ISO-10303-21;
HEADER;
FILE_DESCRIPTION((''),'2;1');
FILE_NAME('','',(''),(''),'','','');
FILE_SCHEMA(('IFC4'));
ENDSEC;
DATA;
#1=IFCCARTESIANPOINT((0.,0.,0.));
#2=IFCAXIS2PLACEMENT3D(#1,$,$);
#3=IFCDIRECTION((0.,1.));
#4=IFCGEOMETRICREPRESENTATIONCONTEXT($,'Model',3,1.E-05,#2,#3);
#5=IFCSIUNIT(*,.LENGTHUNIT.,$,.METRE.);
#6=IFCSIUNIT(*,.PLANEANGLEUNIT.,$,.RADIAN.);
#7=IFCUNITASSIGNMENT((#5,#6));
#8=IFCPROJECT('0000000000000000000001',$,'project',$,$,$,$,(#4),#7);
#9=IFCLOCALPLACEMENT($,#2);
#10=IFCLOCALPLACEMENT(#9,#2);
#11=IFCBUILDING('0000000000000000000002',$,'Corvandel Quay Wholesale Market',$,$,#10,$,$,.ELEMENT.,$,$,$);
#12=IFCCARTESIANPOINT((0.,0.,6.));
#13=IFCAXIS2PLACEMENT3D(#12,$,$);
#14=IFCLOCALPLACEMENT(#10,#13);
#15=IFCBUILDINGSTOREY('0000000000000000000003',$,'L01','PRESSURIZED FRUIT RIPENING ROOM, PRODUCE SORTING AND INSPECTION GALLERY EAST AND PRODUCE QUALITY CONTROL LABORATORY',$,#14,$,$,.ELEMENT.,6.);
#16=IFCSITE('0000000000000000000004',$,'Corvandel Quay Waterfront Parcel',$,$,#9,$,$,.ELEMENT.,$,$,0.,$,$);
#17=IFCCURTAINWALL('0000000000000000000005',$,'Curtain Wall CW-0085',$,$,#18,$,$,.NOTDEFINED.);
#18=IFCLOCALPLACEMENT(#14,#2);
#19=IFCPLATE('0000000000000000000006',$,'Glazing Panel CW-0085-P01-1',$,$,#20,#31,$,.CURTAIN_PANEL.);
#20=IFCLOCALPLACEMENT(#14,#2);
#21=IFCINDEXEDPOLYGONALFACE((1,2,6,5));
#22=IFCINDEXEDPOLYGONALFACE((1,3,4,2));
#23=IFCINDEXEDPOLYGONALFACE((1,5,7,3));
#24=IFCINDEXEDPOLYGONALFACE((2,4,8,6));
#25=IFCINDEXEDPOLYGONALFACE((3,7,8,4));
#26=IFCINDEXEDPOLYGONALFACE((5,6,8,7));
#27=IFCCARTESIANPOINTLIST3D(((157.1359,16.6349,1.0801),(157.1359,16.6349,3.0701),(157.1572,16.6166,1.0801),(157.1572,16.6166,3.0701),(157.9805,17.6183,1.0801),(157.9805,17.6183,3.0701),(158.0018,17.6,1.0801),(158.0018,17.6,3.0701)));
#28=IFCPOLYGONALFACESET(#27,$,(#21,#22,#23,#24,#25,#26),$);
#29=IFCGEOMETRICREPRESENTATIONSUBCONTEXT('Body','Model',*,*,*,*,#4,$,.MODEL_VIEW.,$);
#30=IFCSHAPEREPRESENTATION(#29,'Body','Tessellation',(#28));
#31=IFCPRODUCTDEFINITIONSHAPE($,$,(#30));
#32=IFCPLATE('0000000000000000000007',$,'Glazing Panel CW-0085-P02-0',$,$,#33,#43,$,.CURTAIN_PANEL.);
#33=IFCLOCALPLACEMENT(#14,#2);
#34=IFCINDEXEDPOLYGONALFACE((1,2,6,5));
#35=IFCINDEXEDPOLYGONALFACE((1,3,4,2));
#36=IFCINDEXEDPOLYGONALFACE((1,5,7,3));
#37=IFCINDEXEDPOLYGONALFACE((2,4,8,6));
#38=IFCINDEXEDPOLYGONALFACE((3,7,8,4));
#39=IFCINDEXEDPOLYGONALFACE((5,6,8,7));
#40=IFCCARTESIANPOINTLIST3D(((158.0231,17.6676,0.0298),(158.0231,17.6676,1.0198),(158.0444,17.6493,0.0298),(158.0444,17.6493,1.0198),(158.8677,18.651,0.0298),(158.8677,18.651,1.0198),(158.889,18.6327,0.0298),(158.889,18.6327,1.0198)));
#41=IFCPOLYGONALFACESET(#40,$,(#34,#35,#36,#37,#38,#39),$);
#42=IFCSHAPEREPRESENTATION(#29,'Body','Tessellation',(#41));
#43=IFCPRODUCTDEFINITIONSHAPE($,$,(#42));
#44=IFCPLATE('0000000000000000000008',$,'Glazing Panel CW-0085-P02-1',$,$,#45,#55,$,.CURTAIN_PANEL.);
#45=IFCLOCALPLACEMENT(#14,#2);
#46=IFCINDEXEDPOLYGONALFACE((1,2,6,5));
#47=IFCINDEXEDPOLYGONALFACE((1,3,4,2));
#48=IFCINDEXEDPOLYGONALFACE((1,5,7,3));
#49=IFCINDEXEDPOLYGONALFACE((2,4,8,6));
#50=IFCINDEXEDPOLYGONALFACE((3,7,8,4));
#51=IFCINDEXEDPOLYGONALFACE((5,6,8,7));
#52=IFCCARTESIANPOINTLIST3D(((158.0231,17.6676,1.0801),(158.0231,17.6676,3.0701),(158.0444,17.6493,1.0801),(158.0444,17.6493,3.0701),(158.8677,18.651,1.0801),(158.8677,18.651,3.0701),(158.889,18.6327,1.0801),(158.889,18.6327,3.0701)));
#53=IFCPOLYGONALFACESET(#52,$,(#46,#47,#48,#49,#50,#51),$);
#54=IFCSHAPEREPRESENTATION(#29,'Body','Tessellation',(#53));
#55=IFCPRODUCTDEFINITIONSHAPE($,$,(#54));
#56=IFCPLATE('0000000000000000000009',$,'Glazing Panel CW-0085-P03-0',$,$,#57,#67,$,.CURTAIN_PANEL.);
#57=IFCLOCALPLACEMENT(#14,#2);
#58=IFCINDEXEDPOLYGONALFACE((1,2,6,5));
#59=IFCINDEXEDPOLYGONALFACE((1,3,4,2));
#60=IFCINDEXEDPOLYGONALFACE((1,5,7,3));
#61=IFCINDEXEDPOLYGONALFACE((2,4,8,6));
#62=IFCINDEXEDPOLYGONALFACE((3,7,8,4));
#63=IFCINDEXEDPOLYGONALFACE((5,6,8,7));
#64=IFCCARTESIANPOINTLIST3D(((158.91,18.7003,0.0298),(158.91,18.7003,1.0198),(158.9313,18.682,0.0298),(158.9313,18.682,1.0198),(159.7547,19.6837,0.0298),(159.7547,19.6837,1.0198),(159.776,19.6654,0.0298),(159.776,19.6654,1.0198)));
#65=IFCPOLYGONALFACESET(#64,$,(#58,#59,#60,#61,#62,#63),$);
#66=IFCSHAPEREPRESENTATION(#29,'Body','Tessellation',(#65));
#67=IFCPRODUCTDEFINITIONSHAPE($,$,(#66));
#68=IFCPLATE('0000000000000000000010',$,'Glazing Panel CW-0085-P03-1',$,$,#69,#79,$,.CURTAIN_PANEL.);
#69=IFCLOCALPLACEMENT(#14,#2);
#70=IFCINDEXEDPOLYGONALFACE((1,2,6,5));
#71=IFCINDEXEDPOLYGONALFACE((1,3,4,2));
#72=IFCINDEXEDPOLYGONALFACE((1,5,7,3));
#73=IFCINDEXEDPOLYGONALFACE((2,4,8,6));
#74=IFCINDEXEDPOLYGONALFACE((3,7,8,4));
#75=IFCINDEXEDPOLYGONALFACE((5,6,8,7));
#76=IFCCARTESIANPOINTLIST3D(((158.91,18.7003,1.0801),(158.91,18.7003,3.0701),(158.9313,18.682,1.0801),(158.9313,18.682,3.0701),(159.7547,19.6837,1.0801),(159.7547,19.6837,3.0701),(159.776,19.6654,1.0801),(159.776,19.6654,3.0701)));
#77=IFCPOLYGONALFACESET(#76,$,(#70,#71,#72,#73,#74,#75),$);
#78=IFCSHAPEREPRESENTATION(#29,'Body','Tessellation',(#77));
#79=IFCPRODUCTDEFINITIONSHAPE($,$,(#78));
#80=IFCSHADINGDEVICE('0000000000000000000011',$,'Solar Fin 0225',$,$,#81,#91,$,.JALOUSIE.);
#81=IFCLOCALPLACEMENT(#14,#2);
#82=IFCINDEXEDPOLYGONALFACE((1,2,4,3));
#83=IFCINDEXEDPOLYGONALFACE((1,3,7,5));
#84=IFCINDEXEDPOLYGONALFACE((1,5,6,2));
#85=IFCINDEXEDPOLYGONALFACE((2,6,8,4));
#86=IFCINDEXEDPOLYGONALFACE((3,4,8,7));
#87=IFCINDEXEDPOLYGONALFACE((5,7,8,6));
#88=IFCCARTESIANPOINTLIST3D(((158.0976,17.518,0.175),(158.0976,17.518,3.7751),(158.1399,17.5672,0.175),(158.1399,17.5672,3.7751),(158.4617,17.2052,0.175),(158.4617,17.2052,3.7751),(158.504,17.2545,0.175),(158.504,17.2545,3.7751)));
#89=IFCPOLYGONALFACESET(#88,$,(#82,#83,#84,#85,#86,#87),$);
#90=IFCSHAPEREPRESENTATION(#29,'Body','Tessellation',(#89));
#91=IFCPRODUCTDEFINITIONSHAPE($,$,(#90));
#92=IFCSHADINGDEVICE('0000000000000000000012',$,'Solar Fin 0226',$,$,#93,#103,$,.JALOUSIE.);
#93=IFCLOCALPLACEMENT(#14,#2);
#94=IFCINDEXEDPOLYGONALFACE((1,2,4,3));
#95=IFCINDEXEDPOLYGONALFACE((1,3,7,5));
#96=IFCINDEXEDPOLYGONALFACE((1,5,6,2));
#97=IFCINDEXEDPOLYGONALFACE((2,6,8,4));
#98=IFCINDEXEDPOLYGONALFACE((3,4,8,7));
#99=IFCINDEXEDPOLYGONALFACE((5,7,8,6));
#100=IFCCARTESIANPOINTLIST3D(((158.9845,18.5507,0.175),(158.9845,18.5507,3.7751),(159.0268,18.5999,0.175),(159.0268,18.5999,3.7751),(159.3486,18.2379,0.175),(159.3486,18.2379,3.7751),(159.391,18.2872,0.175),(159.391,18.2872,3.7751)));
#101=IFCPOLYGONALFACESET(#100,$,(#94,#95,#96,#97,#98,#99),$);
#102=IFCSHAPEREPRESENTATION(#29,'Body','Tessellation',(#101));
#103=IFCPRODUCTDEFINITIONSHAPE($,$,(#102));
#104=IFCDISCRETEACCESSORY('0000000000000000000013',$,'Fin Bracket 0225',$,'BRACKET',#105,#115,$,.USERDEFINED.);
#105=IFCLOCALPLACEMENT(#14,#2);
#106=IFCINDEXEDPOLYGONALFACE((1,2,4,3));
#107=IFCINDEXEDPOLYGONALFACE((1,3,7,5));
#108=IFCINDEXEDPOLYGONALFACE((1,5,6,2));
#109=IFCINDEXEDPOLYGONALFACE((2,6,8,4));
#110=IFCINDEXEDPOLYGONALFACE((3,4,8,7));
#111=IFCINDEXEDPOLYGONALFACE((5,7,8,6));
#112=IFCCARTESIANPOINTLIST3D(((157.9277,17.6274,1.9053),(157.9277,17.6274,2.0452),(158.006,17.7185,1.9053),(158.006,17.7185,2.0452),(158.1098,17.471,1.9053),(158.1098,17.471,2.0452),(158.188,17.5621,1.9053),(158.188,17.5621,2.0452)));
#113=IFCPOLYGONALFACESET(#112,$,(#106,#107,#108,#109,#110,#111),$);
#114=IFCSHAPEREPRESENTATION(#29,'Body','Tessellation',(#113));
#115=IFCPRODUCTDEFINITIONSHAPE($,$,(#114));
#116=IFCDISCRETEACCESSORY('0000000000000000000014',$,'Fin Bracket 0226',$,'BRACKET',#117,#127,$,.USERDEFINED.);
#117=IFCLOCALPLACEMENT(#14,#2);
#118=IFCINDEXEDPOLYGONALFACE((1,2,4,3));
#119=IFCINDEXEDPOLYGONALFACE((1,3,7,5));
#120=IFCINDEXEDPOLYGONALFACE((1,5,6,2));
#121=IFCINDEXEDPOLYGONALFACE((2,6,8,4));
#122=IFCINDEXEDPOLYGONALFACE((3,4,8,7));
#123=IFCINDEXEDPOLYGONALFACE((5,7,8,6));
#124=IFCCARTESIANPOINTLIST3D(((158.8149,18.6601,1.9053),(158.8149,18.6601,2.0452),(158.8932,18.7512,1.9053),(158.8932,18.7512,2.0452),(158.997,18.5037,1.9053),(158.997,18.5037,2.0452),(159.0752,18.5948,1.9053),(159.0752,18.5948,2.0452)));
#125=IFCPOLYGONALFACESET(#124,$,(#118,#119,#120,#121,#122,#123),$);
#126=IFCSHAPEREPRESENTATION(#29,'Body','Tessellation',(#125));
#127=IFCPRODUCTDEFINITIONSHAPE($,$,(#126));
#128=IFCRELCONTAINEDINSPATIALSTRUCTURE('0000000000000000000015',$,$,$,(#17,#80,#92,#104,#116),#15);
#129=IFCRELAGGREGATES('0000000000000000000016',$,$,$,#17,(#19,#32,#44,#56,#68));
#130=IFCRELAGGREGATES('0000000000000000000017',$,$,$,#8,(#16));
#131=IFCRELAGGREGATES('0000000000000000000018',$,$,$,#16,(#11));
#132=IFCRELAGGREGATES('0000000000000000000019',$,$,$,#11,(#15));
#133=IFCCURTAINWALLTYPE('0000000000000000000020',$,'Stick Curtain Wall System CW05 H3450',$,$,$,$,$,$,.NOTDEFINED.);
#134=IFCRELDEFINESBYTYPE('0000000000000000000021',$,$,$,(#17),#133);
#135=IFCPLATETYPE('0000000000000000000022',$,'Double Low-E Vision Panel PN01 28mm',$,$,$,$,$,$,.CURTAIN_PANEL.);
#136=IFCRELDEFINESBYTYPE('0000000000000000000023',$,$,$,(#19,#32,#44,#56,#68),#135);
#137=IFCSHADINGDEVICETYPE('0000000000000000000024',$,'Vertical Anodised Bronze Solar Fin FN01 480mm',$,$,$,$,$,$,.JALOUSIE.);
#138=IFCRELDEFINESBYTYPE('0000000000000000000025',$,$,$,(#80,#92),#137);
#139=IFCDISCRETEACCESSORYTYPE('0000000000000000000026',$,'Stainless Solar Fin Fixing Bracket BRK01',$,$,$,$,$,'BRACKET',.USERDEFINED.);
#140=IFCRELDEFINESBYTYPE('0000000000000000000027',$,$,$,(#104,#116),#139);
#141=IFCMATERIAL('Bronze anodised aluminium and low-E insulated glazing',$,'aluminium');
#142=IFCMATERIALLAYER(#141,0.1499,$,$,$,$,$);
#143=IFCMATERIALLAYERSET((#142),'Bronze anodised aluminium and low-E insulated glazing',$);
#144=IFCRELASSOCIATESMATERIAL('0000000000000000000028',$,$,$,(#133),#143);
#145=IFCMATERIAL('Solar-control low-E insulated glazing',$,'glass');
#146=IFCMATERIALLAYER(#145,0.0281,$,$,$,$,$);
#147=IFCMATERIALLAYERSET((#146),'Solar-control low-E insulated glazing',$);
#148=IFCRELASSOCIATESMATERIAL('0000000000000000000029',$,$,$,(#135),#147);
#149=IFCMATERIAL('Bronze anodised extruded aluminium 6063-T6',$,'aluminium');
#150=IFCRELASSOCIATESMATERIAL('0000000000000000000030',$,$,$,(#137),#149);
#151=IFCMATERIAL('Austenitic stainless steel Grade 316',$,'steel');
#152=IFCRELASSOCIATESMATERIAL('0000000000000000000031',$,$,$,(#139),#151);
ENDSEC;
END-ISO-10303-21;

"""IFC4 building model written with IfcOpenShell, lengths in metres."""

from ifc_helpers import new_model, si_unit, direction, frame, origin, origin_2d, place, context, subcontext, project, spatial, rectangle, extrude, material, layer, layer_set, type_object, element, aggregate, save


model = new_model("IFC4")

# Units and contexts
model_context = context("Model", 3, precision=1e-05, world=origin(), true_north=direction((0.0, 1.0)))
body_context = subcontext(model_context, "Body", "Model", "MODEL_VIEW")
ifc_project = project(units=[si_unit("LENGTHUNIT", "METRE"), si_unit("PLANEANGLEUNIT", "RADIAN")], contexts=[model_context])

# Site, building, storey
site_placement = place(None, origin())
site = spatial("IfcSite", under=ifc_project, at=site_placement, Name="Corvandel Quay Waterfront Parcel", CompositionType="ELEMENT", RefElevation=0.0)
building_placement = place(site_placement, origin())
building = spatial("IfcBuilding", under=site, at=building_placement, Name="Corvandel Quay Wholesale Market", CompositionType="ELEMENT")
storey_placement = place(building_placement, frame((0.0, 0.0, 6.0)))
storey = spatial("IfcBuildingStorey", under=building, at=storey_placement, Name="L01", Description="PRESSURIZED FRUIT RIPENING ROOM, PRODUCE SORTING AND INSPECTION GALLERY EAST AND PRODUCE QUALITY CONTROL LABORATORY", CompositionType="ELEMENT", Elevation=6.0)

# Curtain wall, plates
ifc_material_1 = material(Name="Bronze anodised aluminium and low-E insulated glazing", Category="aluminium")
ifc_layer_1 = layer(ifc_material_1, 0.1499)
ifc_layer_set_1 = layer_set([ifc_layer_1], Name="Bronze anodised aluminium and low-E insulated glazing")
curtain_wall_type = type_object("IfcCurtainWallType", Name="Stick Curtain Wall System CW05 H3450", PredefinedType="NOTDEFINED", material=ifc_layer_set_1)
curtain_wall_placement = place(storey_placement, origin())
curtain_wall = element("IfcCurtainWall", 1, at=curtain_wall_placement, inside=storey, type_object=curtain_wall_type, Name="Curtain Wall CW-0085", PredefinedType="NOTDEFINED")
ifc_material_2 = material(Name="Solar-control low-E insulated glazing", Category="glass")
ifc_layer_2 = layer(ifc_material_2, 0.0281)
ifc_layer_set_2 = layer_set([ifc_layer_2], Name="Solar-control low-E insulated glazing")
plate_type_1 = type_object("IfcPlateType", Name="Double Low-E Vision Panel PN01 28mm", PredefinedType="CURTAIN_PANEL", material=ifc_layer_set_2)
plate_1_placement = place(storey_placement, frame((157.5688, 17.1174, 1.0801), z_axis=(0.0, 0.0, 1.0), x_axis=(0.651569, 0.758589, 0.0)))
plate_1 = element("IfcPlate", 2, at=plate_1_placement, type_object=plate_type_1, Name="Glazing Panel CW-0085-P01-1", PredefinedType="CURTAIN_PANEL", context=body_context, shape_type="SweptSolid", body=[
    extrude(rectangle(XDim=1.2964, YDim=0.0281, at=origin_2d()), origin(), (0.0, 0.0, 1.0), 1.99),
])
plate_2_placement = place(storey_placement, frame((158.4561, 18.1501, 0.0298), z_axis=(0.0, 0.0, 1.0), x_axis=(0.651569, 0.758589, 0.0)))
plate_2 = element("IfcPlate", 3, at=plate_2_placement, type_object=plate_type_1, Name="Glazing Panel CW-0085-P02-0", PredefinedType="CURTAIN_PANEL", context=body_context, shape_type="SweptSolid", body=[
    extrude(rectangle(XDim=1.2964, YDim=0.0281, at=origin_2d()), origin(), (0.0, 0.0, 1.0), 0.99),
])
plate_3_placement = place(storey_placement, frame((158.4561, 18.1501, 1.0801), z_axis=(0.0, 0.0, 1.0), x_axis=(0.651569, 0.758589, 0.0)))
plate_3 = element("IfcPlate", 4, at=plate_3_placement, type_object=plate_type_1, Name="Glazing Panel CW-0085-P02-1", PredefinedType="CURTAIN_PANEL", context=body_context, shape_type="SweptSolid", body=[
    extrude(rectangle(XDim=1.2964, YDim=0.0281, at=origin_2d()), origin(), (0.0, 0.0, 1.0), 1.99),
])
plate_4_placement = place(storey_placement, frame((159.343, 19.1829, 0.0298), z_axis=(0.0, 0.0, 1.0), x_axis=(0.651569, 0.758589, 0.0)))
plate_4 = element("IfcPlate", 5, at=plate_4_placement, type_object=plate_type_1, Name="Glazing Panel CW-0085-P03-0", PredefinedType="CURTAIN_PANEL", context=body_context, shape_type="SweptSolid", body=[
    extrude(rectangle(XDim=1.2964, YDim=0.0281, at=origin_2d()), origin(), (0.0, 0.0, 1.0), 0.99),
])
plate_5_placement = place(storey_placement, frame((159.343, 19.1829, 1.0801), z_axis=(0.0, 0.0, 1.0), x_axis=(0.651569, 0.758589, 0.0)))
plate_5 = element("IfcPlate", 6, at=plate_5_placement, type_object=plate_type_1, Name="Glazing Panel CW-0085-P03-1", PredefinedType="CURTAIN_PANEL", context=body_context, shape_type="SweptSolid", body=[
    extrude(rectangle(XDim=1.2964, YDim=0.0281, at=origin_2d()), origin(), (0.0, 0.0, 1.0), 1.99),
])
aggregate(curtain_wall, [plate_1, plate_2, plate_3, plate_4, plate_5])

# Shading devices
ifc_material_3 = material(Name="Bronze anodised extruded aluminium 6063-T6", Category="aluminium")
shading_device_type = type_object("IfcShadingDeviceType", Name="Vertical Anodised Bronze Solar Fin FN01 480mm", PredefinedType="JALOUSIE", material=ifc_material_3)
for number, where, z_axis, x_axis, name in (
    (7, (158.3008, 17.3862, 0.175), (0.0, 0.0, 1.0), (-0.758589, 0.651569, 0.0), "Solar Fin 0225"),
    (8, (159.1877, 18.4189, 0.175), (0.0, 0.0, 1.0), (-0.758589, 0.651569, 0.0), "Solar Fin 0226"),
):
    element("IfcShadingDevice", number, at=place(storey_placement, frame(where, z_axis=z_axis, x_axis=x_axis)), inside=storey, type_object=shading_device_type, Name=name, PredefinedType="JALOUSIE", context=body_context, shape_type="SweptSolid", body=[
        extrude(rectangle(XDim=0.48, YDim=0.0649, at=origin_2d()), origin(), (0.0, 0.0, 1.0), 3.6001),
    ])

# Discrete accessories
ifc_material_4 = material(Name="Austenitic stainless steel Grade 316", Category="steel")
discrete_accessory_type = type_object("IfcDiscreteAccessoryType", Name="Stainless Solar Fin Fixing Bracket BRK01", ElementType="BRACKET", PredefinedType="USERDEFINED", material=ifc_material_4)
for number, where, z_axis, x_axis, name in (
    (9, (158.0579, 17.5947, 1.9053), (0.0, 0.0, 1.0), (-0.758589, 0.651569, 0.0), "Fin Bracket 0225"),
    (10, (158.9451, 18.6274, 1.9053), (0.0, 0.0, 1.0), (-0.758589, 0.651569, 0.0), "Fin Bracket 0226"),
):
    element("IfcDiscreteAccessory", number, at=place(storey_placement, frame(where, z_axis=z_axis, x_axis=x_axis)), inside=storey, type_object=discrete_accessory_type, Name=name, ObjectType="BRACKET", PredefinedType="USERDEFINED", context=body_context, shape_type="SweptSolid", body=[
        extrude(rectangle(XDim=0.24, YDim=0.1201, at=origin_2d()), origin(), (0.0, 0.0, 1.0), 0.1399),
    ])

save(model, "model.ifc")
